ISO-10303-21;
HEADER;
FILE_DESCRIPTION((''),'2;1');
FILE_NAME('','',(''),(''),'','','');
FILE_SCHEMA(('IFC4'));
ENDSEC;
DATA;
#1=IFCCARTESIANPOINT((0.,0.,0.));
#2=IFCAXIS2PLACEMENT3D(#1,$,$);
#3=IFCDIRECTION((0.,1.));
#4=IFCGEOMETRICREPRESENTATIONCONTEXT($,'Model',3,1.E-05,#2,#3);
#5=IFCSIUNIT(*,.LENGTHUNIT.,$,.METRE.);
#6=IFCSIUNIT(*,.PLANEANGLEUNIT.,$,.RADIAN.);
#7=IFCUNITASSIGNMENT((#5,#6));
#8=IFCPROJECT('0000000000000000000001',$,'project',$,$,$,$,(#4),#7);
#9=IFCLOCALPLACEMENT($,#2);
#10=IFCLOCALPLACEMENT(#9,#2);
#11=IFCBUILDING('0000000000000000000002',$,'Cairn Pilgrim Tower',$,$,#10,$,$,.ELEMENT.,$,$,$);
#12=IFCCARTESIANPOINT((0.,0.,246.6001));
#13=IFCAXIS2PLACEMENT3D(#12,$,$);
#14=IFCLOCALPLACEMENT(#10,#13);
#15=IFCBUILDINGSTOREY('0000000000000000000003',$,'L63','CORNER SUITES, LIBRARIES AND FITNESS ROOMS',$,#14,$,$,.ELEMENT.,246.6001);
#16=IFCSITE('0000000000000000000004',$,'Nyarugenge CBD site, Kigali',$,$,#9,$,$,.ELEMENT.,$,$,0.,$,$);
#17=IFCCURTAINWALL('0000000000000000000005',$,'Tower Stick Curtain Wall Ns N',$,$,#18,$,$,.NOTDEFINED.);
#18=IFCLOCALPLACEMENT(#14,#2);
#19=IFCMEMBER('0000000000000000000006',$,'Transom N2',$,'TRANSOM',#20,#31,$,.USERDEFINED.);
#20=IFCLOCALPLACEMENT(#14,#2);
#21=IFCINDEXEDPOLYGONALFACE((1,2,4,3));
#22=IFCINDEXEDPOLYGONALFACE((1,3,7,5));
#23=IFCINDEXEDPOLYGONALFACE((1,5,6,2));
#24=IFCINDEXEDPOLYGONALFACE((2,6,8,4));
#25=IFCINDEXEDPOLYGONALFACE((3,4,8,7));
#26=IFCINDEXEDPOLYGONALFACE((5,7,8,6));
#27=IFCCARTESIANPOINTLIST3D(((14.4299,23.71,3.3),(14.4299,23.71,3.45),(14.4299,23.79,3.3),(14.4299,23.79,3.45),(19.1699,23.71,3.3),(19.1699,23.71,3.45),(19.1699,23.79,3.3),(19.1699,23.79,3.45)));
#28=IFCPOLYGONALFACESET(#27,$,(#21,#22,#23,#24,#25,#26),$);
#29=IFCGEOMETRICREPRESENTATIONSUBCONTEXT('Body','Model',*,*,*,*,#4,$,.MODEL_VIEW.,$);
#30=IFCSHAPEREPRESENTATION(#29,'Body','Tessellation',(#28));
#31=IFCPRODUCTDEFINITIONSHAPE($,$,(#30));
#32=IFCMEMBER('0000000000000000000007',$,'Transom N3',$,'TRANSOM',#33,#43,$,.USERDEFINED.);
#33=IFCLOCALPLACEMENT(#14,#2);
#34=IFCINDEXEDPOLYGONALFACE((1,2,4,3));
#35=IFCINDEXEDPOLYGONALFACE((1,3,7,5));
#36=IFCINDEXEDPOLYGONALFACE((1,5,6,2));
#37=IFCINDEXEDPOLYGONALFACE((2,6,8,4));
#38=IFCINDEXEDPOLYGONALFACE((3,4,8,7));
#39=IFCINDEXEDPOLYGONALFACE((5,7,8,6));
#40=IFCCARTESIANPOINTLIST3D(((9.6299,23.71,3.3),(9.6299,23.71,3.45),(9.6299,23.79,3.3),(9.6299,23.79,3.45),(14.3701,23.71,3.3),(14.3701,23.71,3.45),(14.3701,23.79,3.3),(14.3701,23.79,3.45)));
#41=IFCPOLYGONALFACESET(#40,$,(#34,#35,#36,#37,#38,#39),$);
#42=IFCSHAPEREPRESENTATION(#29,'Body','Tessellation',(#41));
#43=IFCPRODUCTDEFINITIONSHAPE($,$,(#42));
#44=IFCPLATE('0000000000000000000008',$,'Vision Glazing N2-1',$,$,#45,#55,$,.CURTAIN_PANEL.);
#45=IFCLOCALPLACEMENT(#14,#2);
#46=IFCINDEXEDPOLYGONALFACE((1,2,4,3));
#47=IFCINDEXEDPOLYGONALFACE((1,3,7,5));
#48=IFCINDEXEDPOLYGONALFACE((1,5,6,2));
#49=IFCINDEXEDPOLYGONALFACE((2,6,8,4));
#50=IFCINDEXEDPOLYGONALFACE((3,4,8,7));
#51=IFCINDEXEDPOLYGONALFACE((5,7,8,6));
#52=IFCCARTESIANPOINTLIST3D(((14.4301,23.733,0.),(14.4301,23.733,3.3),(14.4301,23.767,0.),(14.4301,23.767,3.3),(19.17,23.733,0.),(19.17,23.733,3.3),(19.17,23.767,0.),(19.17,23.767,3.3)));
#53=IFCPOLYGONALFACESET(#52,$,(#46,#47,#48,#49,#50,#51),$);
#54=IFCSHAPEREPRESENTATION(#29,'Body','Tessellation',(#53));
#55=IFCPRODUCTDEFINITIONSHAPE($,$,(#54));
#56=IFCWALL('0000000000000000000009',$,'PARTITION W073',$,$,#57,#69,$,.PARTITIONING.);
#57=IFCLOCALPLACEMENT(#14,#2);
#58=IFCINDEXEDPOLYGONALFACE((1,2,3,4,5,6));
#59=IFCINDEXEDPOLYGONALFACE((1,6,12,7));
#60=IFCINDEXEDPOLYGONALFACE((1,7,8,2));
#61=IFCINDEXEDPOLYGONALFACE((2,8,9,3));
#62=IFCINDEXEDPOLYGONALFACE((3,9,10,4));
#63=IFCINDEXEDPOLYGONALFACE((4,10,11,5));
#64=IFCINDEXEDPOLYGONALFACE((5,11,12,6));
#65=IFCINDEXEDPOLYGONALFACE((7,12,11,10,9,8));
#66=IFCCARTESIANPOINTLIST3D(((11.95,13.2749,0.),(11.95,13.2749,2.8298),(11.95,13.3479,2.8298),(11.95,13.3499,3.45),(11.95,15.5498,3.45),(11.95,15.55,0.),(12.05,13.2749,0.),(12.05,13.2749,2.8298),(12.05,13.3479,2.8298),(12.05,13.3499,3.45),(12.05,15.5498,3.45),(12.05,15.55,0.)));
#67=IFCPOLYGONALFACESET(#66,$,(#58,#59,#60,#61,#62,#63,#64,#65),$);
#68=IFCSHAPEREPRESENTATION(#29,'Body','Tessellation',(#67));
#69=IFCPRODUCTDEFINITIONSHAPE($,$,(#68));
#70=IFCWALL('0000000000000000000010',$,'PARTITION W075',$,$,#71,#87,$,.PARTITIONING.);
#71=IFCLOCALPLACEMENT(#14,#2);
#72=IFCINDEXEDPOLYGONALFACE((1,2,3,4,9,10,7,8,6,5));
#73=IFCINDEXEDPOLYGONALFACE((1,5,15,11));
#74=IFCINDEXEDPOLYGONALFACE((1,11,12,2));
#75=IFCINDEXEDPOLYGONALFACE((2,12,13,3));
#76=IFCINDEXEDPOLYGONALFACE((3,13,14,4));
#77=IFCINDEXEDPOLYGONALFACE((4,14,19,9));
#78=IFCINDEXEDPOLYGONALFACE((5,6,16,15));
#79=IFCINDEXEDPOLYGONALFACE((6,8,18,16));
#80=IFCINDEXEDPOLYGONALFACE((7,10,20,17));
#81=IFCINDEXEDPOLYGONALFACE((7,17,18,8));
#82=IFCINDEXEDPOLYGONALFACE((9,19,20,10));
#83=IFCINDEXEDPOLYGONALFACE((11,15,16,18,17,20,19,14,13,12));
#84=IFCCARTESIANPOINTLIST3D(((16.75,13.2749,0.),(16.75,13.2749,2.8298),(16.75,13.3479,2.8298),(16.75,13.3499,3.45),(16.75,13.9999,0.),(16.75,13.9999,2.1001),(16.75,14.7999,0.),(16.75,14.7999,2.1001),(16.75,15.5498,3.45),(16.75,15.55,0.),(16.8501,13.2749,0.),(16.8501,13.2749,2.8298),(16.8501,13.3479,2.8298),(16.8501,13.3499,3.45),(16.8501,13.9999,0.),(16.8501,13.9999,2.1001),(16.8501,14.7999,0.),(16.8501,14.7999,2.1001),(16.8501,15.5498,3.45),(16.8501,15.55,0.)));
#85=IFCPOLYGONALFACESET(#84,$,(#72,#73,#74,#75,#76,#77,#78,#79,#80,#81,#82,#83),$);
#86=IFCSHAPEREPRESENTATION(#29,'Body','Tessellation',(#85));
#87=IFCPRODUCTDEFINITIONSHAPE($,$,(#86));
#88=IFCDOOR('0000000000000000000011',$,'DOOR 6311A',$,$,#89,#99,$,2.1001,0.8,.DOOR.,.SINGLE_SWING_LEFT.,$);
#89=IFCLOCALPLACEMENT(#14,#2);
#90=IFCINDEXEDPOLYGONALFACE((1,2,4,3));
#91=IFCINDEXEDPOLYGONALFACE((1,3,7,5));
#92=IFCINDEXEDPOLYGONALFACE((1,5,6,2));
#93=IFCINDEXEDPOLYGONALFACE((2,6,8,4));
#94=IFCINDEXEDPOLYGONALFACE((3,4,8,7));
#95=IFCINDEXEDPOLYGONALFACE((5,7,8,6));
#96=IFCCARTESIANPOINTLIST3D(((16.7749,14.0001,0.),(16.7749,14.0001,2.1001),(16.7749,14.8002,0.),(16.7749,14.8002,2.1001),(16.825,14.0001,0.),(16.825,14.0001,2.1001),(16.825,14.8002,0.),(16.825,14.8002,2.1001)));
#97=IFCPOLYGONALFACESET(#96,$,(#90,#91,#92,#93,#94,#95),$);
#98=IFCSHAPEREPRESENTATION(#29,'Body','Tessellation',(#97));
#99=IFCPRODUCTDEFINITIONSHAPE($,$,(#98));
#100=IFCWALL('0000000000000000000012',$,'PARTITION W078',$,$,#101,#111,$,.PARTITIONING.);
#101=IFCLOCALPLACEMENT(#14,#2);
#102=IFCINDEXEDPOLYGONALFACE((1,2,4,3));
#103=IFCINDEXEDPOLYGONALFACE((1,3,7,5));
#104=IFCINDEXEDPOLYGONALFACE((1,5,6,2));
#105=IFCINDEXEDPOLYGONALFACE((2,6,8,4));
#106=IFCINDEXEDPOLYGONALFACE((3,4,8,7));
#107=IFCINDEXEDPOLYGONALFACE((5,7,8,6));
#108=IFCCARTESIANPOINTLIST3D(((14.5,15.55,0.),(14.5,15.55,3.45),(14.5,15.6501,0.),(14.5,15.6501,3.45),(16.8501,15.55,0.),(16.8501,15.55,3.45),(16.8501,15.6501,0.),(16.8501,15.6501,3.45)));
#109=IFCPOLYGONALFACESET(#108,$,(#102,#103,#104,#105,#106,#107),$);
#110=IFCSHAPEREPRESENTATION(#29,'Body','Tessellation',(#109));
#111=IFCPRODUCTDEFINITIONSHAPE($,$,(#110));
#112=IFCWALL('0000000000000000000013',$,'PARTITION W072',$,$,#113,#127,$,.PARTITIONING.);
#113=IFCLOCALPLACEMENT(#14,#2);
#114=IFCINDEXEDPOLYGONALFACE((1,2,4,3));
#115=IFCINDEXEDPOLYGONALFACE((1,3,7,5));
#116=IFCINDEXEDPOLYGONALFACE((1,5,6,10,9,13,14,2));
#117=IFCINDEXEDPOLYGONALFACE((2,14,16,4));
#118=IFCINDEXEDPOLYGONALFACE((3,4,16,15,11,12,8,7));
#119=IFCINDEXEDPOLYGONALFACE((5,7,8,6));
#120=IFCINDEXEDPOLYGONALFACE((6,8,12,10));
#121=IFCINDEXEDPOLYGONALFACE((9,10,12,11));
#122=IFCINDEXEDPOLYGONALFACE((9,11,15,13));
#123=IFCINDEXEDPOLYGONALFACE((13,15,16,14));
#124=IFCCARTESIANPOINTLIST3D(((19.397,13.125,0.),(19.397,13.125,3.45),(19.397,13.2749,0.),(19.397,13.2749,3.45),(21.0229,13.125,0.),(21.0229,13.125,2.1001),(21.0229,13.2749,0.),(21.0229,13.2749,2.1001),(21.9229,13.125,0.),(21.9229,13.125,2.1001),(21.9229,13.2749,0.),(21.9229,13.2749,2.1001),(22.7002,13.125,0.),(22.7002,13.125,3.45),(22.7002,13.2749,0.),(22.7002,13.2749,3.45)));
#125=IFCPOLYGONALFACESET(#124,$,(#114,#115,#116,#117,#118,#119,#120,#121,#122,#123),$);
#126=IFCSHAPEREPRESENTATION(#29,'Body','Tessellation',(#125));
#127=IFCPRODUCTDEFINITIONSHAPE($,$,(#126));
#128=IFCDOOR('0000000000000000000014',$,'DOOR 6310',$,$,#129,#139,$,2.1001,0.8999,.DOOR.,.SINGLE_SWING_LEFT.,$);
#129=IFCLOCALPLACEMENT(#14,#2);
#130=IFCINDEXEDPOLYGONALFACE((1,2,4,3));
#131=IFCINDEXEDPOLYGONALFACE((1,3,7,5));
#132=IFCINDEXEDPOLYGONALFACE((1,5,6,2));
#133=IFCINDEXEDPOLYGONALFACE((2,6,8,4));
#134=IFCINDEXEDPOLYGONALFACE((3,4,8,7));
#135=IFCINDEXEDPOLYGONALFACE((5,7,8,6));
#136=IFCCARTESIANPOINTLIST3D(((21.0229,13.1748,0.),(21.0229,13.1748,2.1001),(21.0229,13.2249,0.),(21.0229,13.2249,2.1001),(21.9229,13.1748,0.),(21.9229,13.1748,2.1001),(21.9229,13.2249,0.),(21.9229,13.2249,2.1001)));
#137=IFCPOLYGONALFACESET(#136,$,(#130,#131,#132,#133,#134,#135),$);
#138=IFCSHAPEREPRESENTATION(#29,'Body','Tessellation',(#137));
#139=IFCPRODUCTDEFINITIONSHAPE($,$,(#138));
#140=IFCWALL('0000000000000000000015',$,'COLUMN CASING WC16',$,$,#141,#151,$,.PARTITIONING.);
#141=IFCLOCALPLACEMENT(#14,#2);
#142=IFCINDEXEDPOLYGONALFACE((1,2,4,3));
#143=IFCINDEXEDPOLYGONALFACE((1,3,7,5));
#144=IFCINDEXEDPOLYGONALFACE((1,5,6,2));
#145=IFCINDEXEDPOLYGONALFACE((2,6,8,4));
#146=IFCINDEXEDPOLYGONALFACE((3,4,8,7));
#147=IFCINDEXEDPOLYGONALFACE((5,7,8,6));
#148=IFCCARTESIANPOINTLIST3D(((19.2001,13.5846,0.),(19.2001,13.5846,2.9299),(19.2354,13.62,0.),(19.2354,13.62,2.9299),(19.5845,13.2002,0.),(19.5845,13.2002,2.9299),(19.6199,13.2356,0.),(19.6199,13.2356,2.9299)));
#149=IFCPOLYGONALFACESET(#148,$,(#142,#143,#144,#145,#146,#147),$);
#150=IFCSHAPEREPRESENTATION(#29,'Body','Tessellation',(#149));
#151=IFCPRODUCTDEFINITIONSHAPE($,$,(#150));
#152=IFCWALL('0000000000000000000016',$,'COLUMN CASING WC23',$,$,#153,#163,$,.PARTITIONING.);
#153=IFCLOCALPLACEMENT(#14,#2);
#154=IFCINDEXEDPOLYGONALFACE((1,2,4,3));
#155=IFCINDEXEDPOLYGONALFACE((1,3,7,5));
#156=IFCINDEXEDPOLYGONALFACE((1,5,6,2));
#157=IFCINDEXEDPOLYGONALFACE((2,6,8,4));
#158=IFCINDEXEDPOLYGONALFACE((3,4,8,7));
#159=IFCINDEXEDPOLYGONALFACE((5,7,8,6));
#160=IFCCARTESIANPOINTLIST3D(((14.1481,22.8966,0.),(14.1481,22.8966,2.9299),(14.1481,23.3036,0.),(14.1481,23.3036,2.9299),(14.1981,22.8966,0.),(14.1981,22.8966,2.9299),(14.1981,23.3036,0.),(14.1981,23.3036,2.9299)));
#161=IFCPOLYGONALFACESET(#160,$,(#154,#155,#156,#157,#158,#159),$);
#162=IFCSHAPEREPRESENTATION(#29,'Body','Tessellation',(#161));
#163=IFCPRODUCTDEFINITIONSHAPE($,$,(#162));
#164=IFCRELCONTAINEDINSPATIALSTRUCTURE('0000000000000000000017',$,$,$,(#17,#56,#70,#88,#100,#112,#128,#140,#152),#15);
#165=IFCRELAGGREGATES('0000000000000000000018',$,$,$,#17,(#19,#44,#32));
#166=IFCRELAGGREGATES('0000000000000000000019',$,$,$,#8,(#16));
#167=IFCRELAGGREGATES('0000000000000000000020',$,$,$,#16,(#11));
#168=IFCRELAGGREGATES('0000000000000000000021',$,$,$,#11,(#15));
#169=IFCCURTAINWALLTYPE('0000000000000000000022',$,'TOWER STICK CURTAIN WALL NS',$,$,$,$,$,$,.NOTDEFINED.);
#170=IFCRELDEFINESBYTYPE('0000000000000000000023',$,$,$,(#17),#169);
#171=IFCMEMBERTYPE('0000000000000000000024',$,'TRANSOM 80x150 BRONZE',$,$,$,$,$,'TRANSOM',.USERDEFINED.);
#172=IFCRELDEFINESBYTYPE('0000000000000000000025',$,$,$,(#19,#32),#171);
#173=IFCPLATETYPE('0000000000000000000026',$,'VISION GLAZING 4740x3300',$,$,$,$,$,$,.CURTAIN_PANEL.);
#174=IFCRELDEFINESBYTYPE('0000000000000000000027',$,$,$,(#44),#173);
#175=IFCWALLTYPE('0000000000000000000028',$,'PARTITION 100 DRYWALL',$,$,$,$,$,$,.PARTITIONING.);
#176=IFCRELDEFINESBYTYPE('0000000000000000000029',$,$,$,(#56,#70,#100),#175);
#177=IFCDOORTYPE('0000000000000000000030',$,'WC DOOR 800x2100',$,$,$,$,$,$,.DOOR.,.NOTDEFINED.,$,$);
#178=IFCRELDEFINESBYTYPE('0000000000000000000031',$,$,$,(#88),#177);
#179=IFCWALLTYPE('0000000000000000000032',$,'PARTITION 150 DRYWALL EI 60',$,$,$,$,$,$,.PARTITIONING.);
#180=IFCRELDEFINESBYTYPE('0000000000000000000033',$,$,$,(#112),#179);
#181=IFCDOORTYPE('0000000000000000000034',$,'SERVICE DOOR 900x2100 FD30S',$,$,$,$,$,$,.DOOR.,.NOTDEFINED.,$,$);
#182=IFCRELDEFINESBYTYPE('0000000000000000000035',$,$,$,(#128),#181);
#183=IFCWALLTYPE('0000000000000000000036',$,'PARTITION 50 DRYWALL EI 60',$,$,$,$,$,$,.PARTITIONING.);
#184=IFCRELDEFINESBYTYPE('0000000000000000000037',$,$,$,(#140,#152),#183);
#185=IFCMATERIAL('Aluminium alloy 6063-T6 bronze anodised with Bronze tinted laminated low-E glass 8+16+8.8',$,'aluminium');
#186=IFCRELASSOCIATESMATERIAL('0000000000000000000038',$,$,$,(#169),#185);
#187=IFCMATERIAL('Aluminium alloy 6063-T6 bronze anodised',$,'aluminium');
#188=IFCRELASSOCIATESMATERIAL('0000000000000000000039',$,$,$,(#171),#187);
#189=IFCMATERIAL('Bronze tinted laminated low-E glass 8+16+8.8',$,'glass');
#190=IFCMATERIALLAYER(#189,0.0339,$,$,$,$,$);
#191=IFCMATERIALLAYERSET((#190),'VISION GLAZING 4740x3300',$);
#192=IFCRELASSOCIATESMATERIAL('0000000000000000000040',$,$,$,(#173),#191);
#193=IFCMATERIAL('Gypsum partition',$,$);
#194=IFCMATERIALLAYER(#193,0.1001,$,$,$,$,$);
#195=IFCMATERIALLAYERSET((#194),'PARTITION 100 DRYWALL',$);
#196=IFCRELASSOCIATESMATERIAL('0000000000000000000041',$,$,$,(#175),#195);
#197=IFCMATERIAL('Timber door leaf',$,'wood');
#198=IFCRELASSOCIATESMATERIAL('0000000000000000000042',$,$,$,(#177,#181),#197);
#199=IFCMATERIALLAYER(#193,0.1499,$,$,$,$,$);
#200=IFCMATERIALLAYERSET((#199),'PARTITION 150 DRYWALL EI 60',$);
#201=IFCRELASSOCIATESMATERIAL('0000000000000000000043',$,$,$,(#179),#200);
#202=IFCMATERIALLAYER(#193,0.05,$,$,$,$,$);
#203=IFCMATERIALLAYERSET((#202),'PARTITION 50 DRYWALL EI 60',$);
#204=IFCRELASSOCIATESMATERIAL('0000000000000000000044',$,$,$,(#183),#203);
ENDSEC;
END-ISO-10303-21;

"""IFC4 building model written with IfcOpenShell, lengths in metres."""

from ifc_helpers import new_model, si_unit, direction, frame, frame_2d, origin, origin_2d, place, context, subcontext, project, spatial, polyline, rectangle, outline, extrude, material, layer, layer_set, material_profile, profile_set, type_object, element, fill, aggregate, save


model = new_model("IFC4")

# Units and contexts
model_context = context("Model", 3, precision=1e-05, world=origin(), true_north=direction((0.0, 1.0)))
body_context = subcontext(model_context, "Body", "Model", "MODEL_VIEW")
ifc_project = project(units=[si_unit("LENGTHUNIT", "METRE"), si_unit("PLANEANGLEUNIT", "RADIAN")], contexts=[model_context])

# Site, building, storey
site_placement = place(None, origin())
site = spatial("IfcSite", under=ifc_project, at=site_placement, Name="Nyarugenge CBD site, Kigali", CompositionType="ELEMENT", RefElevation=0.0)
building_placement = place(site_placement, origin())
building = spatial("IfcBuilding", under=site, at=building_placement, Name="Cairn Pilgrim Tower", CompositionType="ELEMENT")
storey_placement = place(building_placement, frame((0.0, 0.0, 246.6001)))
storey = spatial("IfcBuildingStorey", under=building, at=storey_placement, Name="L63", Description="CORNER SUITES, LIBRARIES AND FITNESS ROOMS", CompositionType="ELEMENT", Elevation=246.6001)

# Curtain wall
ifc_material_1 = material(Name="Aluminium alloy 6063-T6 bronze anodised with Bronze tinted laminated low-E glass 8+16+8.8", Category="aluminium")
curtain_wall_type = type_object("IfcCurtainWallType", Name="TOWER STICK CURTAIN WALL NS", PredefinedType="NOTDEFINED", material=ifc_material_1)
curtain_wall_placement = place(storey_placement, origin())
curtain_wall = element("IfcCurtainWall", 1, at=curtain_wall_placement, inside=storey, type_object=curtain_wall_type, Name="Tower Stick Curtain Wall Ns N", PredefinedType="NOTDEFINED")
ifc_material_2 = material(Name="Aluminium alloy 6063-T6 bronze anodised", Category="aluminium")

# Members
ifc_material_profile_1 = material_profile(ifc_material_2, rectangle(XDim=0.0801, YDim=0.1499, at=origin_2d()), Name="TRANSOM 80x150 BRONZE")
ifc_profile_set_1 = profile_set([ifc_material_profile_1], Name="Aluminium alloy 6063-T6 bronze anodised")
member_type_1 = type_object("IfcMemberType", Name="TRANSOM 80x150 BRONZE", ElementType="TRANSOM", PredefinedType="USERDEFINED", material=ifc_profile_set_1)
member_1_placement = place(storey_placement, frame((19.1699, 23.75, 3.375), z_axis=(-1.0, 0.0, 0.0), x_axis=(0.0, -1.0, 0.0)))
member_1 = element("IfcMember", 2, at=member_1_placement, type_object=member_type_1, Name="Transom N2", ObjectType="TRANSOM", PredefinedType="USERDEFINED", context=body_context, shape_type="SweptSolid", body=[
    extrude(rectangle(XDim=0.0801, YDim=0.1499, at=origin_2d()), origin(), (0.0, 0.0, 1.0), 4.74),
])
member_2_placement = place(storey_placement, frame((14.3701, 23.75, 3.375), z_axis=(-1.0, 0.0, 0.0), x_axis=(0.0, -1.0, 0.0)))
member_2 = element("IfcMember", 3, at=member_2_placement, type_object=member_type_1, Name="Transom N3", ObjectType="TRANSOM", PredefinedType="USERDEFINED", context=body_context, shape_type="SweptSolid", body=[
    extrude(rectangle(XDim=0.0801, YDim=0.1499, at=origin_2d()), origin(), (0.0, 0.0, 1.0), 4.7402),
])

# Plate
ifc_material_3 = material(Name="Bronze tinted laminated low-E glass 8+16+8.8", Category="glass")
ifc_layer_1 = layer(ifc_material_3, 0.0339)
ifc_layer_set_1 = layer_set([ifc_layer_1], Name="VISION GLAZING 4740x3300")
plate_type = type_object("IfcPlateType", Name="VISION GLAZING 4740x3300", PredefinedType="CURTAIN_PANEL", material=ifc_layer_set_1)
plate_placement = place(storey_placement, frame((16.8, 23.75, 0.0), z_axis=(0.0, 0.0, 1.0), x_axis=(-1.0, 0.0, 0.0)))
plate = element("IfcPlate", 4, at=plate_placement, type_object=plate_type, Name="Vision Glazing N2-1", PredefinedType="CURTAIN_PANEL", context=body_context, shape_type="SweptSolid", body=[
    extrude(rectangle(XDim=4.74, YDim=0.0339, at=origin_2d()), origin(), (0.0, 0.0, 1.0), 3.3),
])
aggregate(curtain_wall, [member_1, plate, member_2])

# Wall
ifc_material_4 = material(Name="Gypsum partition")
ifc_layer_2 = layer(ifc_material_4, 0.1001)
ifc_layer_set_2 = layer_set([ifc_layer_2], Name="PARTITION 100 DRYWALL")
wall_type_1 = type_object("IfcWallType", Name="PARTITION 100 DRYWALL", PredefinedType="PARTITIONING", material=ifc_layer_set_2)
wall_1_placement = place(storey_placement, frame((12.0, 13.2749, 0.0), z_axis=(0.0, 0.0, 1.0), x_axis=(0.0, 1.0, 0.0)))
element("IfcWall", 5, at=wall_1_placement, inside=storey, type_object=wall_type_1, Name="PARTITION W073", PredefinedType="PARTITIONING", context=body_context, shape_type="SweptSolid", body=[
    extrude(outline(polyline([(0.0, 0.0), (2.2751, 0.0), (2.2749, 3.45), (0.075, 3.45), (0.073, 2.8298), (0.0, 2.8298), (0.0, 0.0)])), frame((0.0, 0.05, 0.0), z_axis=(0.0, -1.0, 0.0), x_axis=(1.0, 0.0, 0.0)), (0.0, 0.0, 1.0), 0.1001),
])

# Wall, opening, door
wall_2_placement = place(storey_placement, frame((16.8, 13.2749, 0.0), z_axis=(0.0, 0.0, 1.0), x_axis=(0.0, 1.0, 0.0)))
wall_2 = element("IfcWall", 6, at=wall_2_placement, inside=storey, type_object=wall_type_1, Name="PARTITION W075", PredefinedType="PARTITIONING", context=body_context, shape_type="SweptSolid", body=[
    extrude(outline(polyline([(0.0, 0.0), (2.2751, 0.0), (2.2749, 3.45), (0.075, 3.45), (0.073, 2.8298), (0.0, 2.8298), (0.0, 0.0)])), frame((0.0, 0.05, 0.0), z_axis=(0.0, -1.0, 0.0), x_axis=(1.0, 0.0, 0.0)), (0.0, 0.0, 1.0), 0.1001),
])
opening_1_placement = place(wall_2_placement, frame((0.7251, 0.0, 0.0)))
opening_1 = element("IfcOpeningElement", 7, at=opening_1_placement, cuts=wall_2, PredefinedType="OPENING", context=body_context, shape_type="SweptSolid", body=[
    extrude(rectangle(XDim=0.8, YDim=2.1001, at=frame_2d((0.3999, 1.05))), frame((0.0, 0.0601, 0.0), z_axis=(0.0, -1.0, 0.0), x_axis=(1.0, 0.0, 0.0)), (0.0, 0.0, 1.0), 0.1201),
])
ifc_material_5 = material(Name="Timber door leaf", Category="wood")
door_type_1 = type_object("IfcDoorType", Name="WC DOOR 800x2100", OperationType="NOTDEFINED", PredefinedType="DOOR", material=ifc_material_5)
door_1_placement = place(opening_1_placement, frame((0.8, 0.0, 0.0), z_axis=(0.0, 0.0, 1.0), x_axis=(-1.0, 0.0, 0.0)))
door_1 = element("IfcDoor", 8, at=door_1_placement, inside=storey, type_object=door_type_1, Name="DOOR 6311A", OperationType="SINGLE_SWING_LEFT", OverallHeight=2.1001, OverallWidth=0.8, PredefinedType="DOOR", context=body_context, shape_type="SweptSolid", body=[
    extrude(rectangle(XDim=0.8, YDim=2.1001, at=frame_2d((0.3999, 1.05))), frame((0.0, 0.0249, 0.0), z_axis=(0.0, -1.0, 0.0), x_axis=(1.0, 0.0, 0.0)), (0.0, 0.0, 1.0), 0.05),
])
fill(opening_1, door_1)

# Wall
wall_3_placement = place(storey_placement, frame((14.5, 15.6001, 0.0), z_axis=(0.0, 0.0, 1.0), x_axis=(1.0, 0.0, 0.0)))
element("IfcWall", 9, at=wall_3_placement, inside=storey, type_object=wall_type_1, Name="PARTITION W078", PredefinedType="PARTITIONING", context=body_context, shape_type="SweptSolid", body=[
    extrude(rectangle(XDim=2.3501, YDim=0.1001, at=frame_2d((1.175, 0.0))), origin(), (0.0, 0.0, 1.0), 3.45),
])

# Wall, opening, door
ifc_layer_3 = layer(ifc_material_4, 0.1499)
ifc_layer_set_3 = layer_set([ifc_layer_3], Name="PARTITION 150 DRYWALL EI 60")
wall_type_2 = type_object("IfcWallType", Name="PARTITION 150 DRYWALL EI 60", PredefinedType="PARTITIONING", material=ifc_layer_set_3)
wall_4_placement = place(storey_placement, frame((19.397, 13.2, 0.0), z_axis=(0.0, 0.0, 1.0), x_axis=(1.0, 0.0, 0.0)))
wall_4 = element("IfcWall", 10, at=wall_4_placement, inside=storey, type_object=wall_type_2, Name="PARTITION W072", PredefinedType="PARTITIONING", context=body_context, shape_type="SweptSolid", body=[
    extrude(rectangle(XDim=3.3032, YDim=0.1499, at=frame_2d((1.6516, 0.0))), origin(), (0.0, 0.0, 1.0), 3.45),
])
opening_2_placement = place(wall_4_placement, frame((1.626, 0.0, 0.0)))
opening_2 = element("IfcOpeningElement", 11, at=opening_2_placement, cuts=wall_4, PredefinedType="OPENING", context=body_context, shape_type="SweptSolid", body=[
    extrude(rectangle(XDim=0.8999, YDim=2.1001, at=frame_2d((0.45, 1.05))), frame((0.0, 0.085, 0.0), z_axis=(0.0, -1.0, 0.0), x_axis=(1.0, 0.0, 0.0)), (0.0, 0.0, 1.0), 0.1699),
])
door_type_2 = type_object("IfcDoorType", Name="SERVICE DOOR 900x2100 FD30S", OperationType="NOTDEFINED", PredefinedType="DOOR", material=ifc_material_5)
door_2_placement = place(opening_2_placement, origin())
door_2 = element("IfcDoor", 12, at=door_2_placement, inside=storey, type_object=door_type_2, Name="DOOR 6310", OperationType="SINGLE_SWING_LEFT", OverallHeight=2.1001, OverallWidth=0.8999, PredefinedType="DOOR", context=body_context, shape_type="SweptSolid", body=[
    extrude(rectangle(XDim=0.8999, YDim=2.1001, at=frame_2d((0.45, 1.05))), frame((0.0, 0.0249, 0.0), z_axis=(0.0, -1.0, 0.0), x_axis=(1.0, 0.0, 0.0)), (0.0, 0.0, 1.0), 0.05),
])
fill(opening_2, door_2)

# Walls
ifc_layer_4 = layer(ifc_material_4, 0.05)
ifc_layer_set_4 = layer_set([ifc_layer_4], Name="PARTITION 50 DRYWALL EI 60")
wall_type_3 = type_object("IfcWallType", Name="PARTITION 50 DRYWALL EI 60", PredefinedType="PARTITIONING", material=ifc_layer_set_4)
wall_5_placement = place(storey_placement, frame((19.6023, 13.2178, 0.0), z_axis=(0.0, 0.0, 1.0), x_axis=(-0.707107, 0.707107, 0.0)))
element("IfcWall", 13, at=wall_5_placement, inside=storey, type_object=wall_type_3, Name="COLUMN CASING WC16", PredefinedType="PARTITIONING", context=body_context, shape_type="SweptSolid", body=[
    extrude(rectangle(XDim=0.5437, YDim=0.05, at=frame_2d((0.272, 0.0))), origin(), (0.0, 0.0, 1.0), 2.9299),
])
wall_6_placement = place(storey_placement, frame((14.1731, 22.8965, 0.0), z_axis=(0.0, 0.0, 1.0), x_axis=(0.0, 1.0, 0.0)))
element("IfcWall", 14, at=wall_6_placement, inside=storey, type_object=wall_type_3, Name="COLUMN CASING WC23", PredefinedType="PARTITIONING", context=body_context, shape_type="SweptSolid", body=[
    extrude(rectangle(XDim=0.407, YDim=0.05, at=frame_2d((0.2036, 0.0))), origin(), (0.0, 0.0, 1.0), 2.9299),
])

save(model, "model.ifc")
